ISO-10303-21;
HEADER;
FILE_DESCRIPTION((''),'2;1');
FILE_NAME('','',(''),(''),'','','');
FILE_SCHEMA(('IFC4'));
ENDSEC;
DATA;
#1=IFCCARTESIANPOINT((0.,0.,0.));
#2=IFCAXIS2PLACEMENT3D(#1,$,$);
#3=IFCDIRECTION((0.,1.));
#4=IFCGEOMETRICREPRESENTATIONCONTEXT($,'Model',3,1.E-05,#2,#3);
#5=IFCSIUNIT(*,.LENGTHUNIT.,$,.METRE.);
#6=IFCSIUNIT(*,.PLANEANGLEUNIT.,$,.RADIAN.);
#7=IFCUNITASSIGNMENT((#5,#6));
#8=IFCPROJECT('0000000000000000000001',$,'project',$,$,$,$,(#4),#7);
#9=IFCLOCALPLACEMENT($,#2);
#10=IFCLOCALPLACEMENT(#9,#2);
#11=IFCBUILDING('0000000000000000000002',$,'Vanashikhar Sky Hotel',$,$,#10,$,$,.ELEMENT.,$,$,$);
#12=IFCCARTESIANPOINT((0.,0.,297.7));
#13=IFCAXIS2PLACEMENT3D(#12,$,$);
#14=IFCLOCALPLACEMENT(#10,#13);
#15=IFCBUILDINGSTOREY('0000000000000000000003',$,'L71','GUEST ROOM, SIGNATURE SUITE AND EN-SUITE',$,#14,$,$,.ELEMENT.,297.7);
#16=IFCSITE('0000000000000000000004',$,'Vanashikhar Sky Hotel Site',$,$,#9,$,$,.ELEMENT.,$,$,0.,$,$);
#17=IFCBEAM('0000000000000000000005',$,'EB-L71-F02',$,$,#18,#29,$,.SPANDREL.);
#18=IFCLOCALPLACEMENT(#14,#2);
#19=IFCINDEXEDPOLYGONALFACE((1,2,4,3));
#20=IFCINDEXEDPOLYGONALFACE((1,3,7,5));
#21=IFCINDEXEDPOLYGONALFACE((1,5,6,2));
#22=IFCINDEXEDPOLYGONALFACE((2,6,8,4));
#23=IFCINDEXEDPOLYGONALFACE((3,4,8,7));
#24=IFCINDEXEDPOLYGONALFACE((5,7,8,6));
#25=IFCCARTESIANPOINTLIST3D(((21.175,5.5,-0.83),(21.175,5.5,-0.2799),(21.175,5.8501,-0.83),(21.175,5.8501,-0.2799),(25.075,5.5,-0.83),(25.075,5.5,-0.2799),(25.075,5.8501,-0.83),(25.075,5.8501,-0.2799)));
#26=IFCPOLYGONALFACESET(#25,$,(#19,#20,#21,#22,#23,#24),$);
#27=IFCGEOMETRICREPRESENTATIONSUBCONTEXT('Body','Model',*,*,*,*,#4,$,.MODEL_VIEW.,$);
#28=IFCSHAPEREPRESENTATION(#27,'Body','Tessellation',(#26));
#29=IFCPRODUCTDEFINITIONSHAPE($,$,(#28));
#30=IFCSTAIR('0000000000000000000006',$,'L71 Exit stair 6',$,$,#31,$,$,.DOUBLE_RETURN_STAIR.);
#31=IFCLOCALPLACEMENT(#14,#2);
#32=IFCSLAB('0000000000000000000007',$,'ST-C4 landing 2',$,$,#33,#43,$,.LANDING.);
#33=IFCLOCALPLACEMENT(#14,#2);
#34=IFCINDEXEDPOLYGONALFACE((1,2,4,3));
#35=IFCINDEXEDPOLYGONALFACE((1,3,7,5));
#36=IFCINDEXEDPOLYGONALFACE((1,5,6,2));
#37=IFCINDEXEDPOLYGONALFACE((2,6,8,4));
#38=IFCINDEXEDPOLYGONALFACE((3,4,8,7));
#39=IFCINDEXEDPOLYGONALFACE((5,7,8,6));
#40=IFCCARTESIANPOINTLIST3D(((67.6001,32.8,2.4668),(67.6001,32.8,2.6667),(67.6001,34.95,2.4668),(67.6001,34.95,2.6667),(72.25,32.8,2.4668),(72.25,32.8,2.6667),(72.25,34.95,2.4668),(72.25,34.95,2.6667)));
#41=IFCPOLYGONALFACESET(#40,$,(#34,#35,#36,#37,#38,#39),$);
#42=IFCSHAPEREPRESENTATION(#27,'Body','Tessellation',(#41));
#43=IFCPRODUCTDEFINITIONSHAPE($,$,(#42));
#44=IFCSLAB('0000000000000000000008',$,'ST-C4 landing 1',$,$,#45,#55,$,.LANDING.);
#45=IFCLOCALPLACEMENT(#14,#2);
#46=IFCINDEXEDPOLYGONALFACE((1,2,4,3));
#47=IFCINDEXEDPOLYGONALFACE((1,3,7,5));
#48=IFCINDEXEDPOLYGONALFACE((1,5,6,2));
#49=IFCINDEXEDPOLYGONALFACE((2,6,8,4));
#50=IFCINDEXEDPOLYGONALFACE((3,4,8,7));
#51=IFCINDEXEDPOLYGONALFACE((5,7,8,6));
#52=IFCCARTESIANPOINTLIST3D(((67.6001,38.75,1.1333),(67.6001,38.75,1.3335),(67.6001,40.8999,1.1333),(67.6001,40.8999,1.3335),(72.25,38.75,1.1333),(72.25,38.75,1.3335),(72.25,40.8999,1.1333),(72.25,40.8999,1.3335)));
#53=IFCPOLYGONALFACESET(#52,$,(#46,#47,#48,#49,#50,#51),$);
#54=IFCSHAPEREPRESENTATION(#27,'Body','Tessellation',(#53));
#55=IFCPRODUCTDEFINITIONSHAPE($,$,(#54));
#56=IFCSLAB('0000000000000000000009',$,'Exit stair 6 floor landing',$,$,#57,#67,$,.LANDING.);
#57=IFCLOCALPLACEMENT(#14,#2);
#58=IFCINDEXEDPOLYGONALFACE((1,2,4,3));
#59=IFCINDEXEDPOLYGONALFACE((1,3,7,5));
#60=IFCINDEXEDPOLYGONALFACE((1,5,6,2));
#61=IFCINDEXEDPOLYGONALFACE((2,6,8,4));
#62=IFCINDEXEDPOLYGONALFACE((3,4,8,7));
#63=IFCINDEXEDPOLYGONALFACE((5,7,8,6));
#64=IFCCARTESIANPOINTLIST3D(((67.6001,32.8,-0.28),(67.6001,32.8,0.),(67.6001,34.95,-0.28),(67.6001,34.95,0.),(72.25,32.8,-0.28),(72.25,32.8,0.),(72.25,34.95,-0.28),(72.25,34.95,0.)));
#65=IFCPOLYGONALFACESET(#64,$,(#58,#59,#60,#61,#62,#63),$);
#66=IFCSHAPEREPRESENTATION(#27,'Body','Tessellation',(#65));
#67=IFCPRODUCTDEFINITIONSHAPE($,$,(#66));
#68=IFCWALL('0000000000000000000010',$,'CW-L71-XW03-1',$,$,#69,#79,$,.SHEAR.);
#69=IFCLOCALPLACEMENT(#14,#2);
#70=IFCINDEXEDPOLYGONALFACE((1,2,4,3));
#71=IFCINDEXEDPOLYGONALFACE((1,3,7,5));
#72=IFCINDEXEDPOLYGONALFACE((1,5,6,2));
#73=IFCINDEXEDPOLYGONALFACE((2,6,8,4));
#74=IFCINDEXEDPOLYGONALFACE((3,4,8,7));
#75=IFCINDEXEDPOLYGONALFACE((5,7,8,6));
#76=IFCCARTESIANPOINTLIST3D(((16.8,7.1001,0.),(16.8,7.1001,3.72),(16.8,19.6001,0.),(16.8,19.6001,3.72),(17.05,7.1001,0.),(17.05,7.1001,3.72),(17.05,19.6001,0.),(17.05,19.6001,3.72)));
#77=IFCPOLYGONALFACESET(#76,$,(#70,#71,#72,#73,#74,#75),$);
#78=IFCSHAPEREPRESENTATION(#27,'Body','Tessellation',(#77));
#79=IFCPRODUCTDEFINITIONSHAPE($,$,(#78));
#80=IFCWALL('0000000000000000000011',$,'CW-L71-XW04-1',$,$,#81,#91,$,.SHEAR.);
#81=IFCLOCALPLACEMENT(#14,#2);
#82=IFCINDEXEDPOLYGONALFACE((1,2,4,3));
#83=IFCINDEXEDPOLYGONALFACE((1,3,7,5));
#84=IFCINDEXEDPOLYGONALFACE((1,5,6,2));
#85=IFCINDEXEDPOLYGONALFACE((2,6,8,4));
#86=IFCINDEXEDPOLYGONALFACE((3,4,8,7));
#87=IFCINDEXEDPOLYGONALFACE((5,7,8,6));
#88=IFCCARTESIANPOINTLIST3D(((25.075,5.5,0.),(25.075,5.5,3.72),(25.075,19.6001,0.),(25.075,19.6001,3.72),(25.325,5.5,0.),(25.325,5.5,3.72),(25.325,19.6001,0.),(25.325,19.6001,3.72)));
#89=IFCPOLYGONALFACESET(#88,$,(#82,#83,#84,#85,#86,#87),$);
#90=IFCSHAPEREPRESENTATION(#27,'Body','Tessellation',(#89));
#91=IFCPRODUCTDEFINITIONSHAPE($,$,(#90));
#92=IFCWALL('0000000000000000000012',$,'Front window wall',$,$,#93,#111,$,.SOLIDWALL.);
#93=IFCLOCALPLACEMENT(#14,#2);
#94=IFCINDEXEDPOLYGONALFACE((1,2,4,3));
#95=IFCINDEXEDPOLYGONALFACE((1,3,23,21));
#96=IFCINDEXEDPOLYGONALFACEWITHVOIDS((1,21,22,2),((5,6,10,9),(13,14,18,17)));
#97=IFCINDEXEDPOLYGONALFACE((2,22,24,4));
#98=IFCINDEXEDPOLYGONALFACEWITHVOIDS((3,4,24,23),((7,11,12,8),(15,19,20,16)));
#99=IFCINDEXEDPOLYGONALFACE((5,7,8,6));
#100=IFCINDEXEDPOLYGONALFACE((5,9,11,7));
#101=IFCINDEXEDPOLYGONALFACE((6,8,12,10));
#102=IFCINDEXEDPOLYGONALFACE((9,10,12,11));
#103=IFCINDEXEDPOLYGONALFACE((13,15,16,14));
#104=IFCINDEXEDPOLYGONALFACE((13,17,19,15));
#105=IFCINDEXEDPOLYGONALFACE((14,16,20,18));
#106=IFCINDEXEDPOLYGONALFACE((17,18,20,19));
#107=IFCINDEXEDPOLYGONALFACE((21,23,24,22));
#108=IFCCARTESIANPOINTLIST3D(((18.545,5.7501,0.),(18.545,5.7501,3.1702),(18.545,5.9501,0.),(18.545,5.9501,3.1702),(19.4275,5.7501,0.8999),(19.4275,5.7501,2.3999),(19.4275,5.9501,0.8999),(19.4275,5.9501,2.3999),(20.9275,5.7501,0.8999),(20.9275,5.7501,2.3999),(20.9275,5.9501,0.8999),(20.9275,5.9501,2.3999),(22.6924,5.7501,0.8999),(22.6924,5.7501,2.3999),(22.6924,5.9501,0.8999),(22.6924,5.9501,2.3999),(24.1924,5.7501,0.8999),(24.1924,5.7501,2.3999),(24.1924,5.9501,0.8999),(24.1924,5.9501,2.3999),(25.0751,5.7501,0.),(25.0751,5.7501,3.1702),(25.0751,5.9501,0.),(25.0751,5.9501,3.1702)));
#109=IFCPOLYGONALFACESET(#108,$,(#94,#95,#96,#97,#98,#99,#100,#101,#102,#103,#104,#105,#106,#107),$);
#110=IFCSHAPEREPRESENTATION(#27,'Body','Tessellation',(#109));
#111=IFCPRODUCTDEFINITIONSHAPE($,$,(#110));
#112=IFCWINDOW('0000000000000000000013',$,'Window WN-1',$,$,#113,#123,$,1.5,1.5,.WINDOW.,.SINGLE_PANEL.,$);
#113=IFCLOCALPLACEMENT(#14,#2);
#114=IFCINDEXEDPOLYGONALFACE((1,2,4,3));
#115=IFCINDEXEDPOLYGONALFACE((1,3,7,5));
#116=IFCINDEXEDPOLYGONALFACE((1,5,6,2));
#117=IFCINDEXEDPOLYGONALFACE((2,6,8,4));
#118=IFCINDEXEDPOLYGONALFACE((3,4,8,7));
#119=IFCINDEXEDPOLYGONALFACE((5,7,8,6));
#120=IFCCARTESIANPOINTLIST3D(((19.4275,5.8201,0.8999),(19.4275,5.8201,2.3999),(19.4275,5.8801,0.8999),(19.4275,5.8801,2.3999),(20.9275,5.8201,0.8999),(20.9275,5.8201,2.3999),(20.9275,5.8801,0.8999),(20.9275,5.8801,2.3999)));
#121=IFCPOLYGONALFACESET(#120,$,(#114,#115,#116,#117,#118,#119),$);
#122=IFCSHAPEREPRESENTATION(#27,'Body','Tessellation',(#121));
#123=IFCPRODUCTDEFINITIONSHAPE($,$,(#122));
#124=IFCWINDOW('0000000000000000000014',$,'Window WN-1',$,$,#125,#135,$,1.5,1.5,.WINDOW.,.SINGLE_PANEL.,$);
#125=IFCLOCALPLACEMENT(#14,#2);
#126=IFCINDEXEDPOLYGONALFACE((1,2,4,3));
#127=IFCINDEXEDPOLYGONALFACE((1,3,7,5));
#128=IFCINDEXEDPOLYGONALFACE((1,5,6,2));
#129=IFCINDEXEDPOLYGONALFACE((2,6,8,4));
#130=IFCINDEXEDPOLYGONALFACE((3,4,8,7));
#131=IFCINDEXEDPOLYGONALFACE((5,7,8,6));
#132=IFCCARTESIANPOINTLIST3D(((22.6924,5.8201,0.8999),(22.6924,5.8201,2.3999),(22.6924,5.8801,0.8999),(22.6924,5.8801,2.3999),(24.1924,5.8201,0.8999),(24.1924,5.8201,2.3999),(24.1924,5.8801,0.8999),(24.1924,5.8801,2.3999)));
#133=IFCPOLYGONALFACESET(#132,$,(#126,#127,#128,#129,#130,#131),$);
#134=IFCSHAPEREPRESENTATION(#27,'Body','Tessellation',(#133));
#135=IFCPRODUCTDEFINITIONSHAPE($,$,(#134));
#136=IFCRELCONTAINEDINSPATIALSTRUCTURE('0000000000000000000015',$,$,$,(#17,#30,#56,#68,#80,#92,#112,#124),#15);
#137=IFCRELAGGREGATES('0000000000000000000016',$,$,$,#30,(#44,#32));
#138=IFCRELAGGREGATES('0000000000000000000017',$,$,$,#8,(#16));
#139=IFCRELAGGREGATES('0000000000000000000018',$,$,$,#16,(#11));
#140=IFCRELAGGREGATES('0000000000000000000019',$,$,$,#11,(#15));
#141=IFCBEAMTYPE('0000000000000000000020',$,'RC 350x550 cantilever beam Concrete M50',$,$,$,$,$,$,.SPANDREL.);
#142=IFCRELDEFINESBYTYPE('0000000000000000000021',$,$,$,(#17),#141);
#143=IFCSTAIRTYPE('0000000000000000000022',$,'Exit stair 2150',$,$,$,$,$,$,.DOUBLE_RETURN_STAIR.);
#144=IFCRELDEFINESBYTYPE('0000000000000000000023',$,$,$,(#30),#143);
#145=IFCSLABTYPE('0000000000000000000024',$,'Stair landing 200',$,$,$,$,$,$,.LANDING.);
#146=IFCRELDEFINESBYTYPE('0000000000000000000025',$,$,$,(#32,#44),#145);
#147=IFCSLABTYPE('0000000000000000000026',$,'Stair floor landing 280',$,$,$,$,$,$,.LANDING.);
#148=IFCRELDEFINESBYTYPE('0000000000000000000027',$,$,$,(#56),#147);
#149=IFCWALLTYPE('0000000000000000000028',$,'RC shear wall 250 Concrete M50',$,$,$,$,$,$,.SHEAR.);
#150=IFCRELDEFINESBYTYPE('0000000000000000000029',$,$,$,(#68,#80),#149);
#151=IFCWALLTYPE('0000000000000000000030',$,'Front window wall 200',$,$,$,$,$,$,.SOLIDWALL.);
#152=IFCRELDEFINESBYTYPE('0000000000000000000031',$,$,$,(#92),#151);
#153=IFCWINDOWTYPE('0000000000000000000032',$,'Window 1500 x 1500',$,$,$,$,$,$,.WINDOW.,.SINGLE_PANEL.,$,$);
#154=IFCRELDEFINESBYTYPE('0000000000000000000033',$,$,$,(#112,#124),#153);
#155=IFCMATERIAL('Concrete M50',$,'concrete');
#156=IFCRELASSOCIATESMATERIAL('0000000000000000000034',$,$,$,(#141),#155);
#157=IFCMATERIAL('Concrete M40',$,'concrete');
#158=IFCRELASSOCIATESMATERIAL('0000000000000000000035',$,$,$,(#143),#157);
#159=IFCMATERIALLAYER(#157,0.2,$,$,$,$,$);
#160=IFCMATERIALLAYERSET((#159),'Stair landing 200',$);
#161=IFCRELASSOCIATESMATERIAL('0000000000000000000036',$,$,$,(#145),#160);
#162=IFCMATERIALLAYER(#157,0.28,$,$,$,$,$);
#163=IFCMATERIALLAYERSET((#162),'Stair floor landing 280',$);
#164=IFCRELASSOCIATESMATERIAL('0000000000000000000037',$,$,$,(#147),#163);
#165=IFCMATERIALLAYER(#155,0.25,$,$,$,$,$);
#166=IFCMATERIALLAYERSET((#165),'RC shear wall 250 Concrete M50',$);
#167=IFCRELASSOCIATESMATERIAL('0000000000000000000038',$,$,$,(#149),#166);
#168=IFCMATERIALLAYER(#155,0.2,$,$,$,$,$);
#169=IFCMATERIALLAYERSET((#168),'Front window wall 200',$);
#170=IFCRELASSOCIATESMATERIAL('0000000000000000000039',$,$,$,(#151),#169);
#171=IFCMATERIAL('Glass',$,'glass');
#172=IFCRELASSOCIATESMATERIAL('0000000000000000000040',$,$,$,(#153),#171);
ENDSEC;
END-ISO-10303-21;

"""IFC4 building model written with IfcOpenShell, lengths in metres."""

from ifc_helpers import new_model, si_unit, direction, frame, frame_2d, origin, origin_2d, place, context, subcontext, project, spatial, polyline, rectangle, outline, extrude, source, transform, mapped, material, layer, layer_set, material_profile, profile_set, type_object, element, fill, aggregate, save


model = new_model("IFC4")

# Units and contexts
model_context = context("Model", 3, precision=1e-05, world=origin(), true_north=direction((0.0, 1.0)))
body_context = subcontext(model_context, "Body", "Model", "MODEL_VIEW")
ifc_project = project(units=[si_unit("LENGTHUNIT", "METRE"), si_unit("PLANEANGLEUNIT", "RADIAN")], contexts=[model_context])

# Site, building, storey
site_placement = place(None, origin())
site = spatial("IfcSite", under=ifc_project, at=site_placement, Name="Vanashikhar Sky Hotel Site", CompositionType="ELEMENT", RefElevation=0.0)
building_placement = place(site_placement, origin())
building = spatial("IfcBuilding", under=site, at=building_placement, Name="Vanashikhar Sky Hotel", CompositionType="ELEMENT")
storey_placement = place(building_placement, frame((0.0, 0.0, 297.7)))
storey = spatial("IfcBuildingStorey", under=building, at=storey_placement, Name="L71", Description="GUEST ROOM, SIGNATURE SUITE AND EN-SUITE", CompositionType="ELEMENT", Elevation=297.7)

# Beam
ifc_material_1 = material(Name="Concrete M50", Category="concrete")
ifc_material_profile = material_profile(ifc_material_1, rectangle(XDim=0.3501, YDim=0.55, at=origin_2d()))
ifc_profile_set = profile_set([ifc_material_profile], Name="RC 350x550 cantilever beam Concrete M50")
beam_type = type_object("IfcBeamType", Name="RC 350x550 cantilever beam Concrete M50", PredefinedType="SPANDREL", material=ifc_profile_set)
shared_shape_1 = source(origin(), body_context, "Body", "SweptSolid", [
    extrude(rectangle(XDim=0.3501, YDim=0.55, at=origin_2d()), origin(), (0.0, 0.0, 1.0), 3.8999),
])
beam_placement = place(storey_placement, frame((21.175, 5.675, -0.5549), z_axis=(1.0, 0.0, 0.0), x_axis=(0.0, 1.0, 0.0)))
element("IfcBeam", 1, at=beam_placement, inside=storey, type_object=beam_type, Name="EB-L71-F02", PredefinedType="SPANDREL", context=body_context, shape_type="MappedRepresentation", body=[
    mapped(shared_shape_1, transform((0.0, 0.0, 0.0), scale=1.0)),
])

# Stair, slabs
ifc_material_2 = material(Name="Concrete M40", Category="concrete")
stair_type = type_object("IfcStairType", Name="Exit stair 2150", PredefinedType="DOUBLE_RETURN_STAIR", material=ifc_material_2)
stair_placement = place(storey_placement, origin())
stair = element("IfcStair", 2, at=stair_placement, inside=storey, type_object=stair_type, Name="L71 Exit stair 6", PredefinedType="DOUBLE_RETURN_STAIR")
ifc_layer_1 = layer(ifc_material_2, 0.2)
ifc_layer_set_1 = layer_set([ifc_layer_1], Name="Stair landing 200")
slab_type_1 = type_object("IfcSlabType", Name="Stair landing 200", PredefinedType="LANDING", material=ifc_layer_set_1)
shared_shape_2 = source(origin(), body_context, "Body", "SweptSolid", [
    extrude(outline(polyline([(72.25, 32.8), (72.25, 34.95), (67.6001, 34.95), (67.6001, 32.8), (72.25, 32.8)])), origin(), (0.0, 0.0, 1.0), 0.2),
])
slab_1_placement = place(storey_placement, frame((0.0, 0.0, 2.4668)))
slab_1 = element("IfcSlab", 3, at=slab_1_placement, type_object=slab_type_1, Name="ST-C4 landing 2", PredefinedType="LANDING", context=body_context, shape_type="MappedRepresentation", body=[
    mapped(shared_shape_2, transform((0.0, 0.0, 0.0), scale=1.0)),
])
shared_shape_3 = source(origin(), body_context, "Body", "SweptSolid", [
    extrude(outline(polyline([(72.25, 38.75), (72.25, 40.8999), (67.6001, 40.8999), (67.6001, 38.75), (72.25, 38.75)])), origin(), (0.0, 0.0, 1.0), 0.2002),
])
slab_2_placement = place(storey_placement, frame((0.0, 0.0, 1.1333)))
slab_2 = element("IfcSlab", 4, at=slab_2_placement, type_object=slab_type_1, Name="ST-C4 landing 1", PredefinedType="LANDING", context=body_context, shape_type="MappedRepresentation", body=[
    mapped(shared_shape_3, transform((0.0, 0.0, 0.0), scale=1.0)),
])
aggregate(stair, [slab_2, slab_1])

# Slab
ifc_layer_2 = layer(ifc_material_2, 0.28)
ifc_layer_set_2 = layer_set([ifc_layer_2], Name="Stair floor landing 280")
slab_type_2 = type_object("IfcSlabType", Name="Stair floor landing 280", PredefinedType="LANDING", material=ifc_layer_set_2)
shared_shape_4 = source(origin(), body_context, "Body", "SweptSolid", [
    extrude(outline(polyline([(72.25, 32.8), (72.25, 34.95), (67.6001, 34.95), (67.6001, 32.8), (72.25, 32.8)])), origin(), (0.0, 0.0, 1.0), 0.28),
])
slab_3_placement = place(storey_placement, frame((0.0, 0.0, -0.28)))
element("IfcSlab", 5, at=slab_3_placement, inside=storey, type_object=slab_type_2, Name="Exit stair 6 floor landing", PredefinedType="LANDING", context=body_context, shape_type="MappedRepresentation", body=[
    mapped(shared_shape_4, transform((0.0, 0.0, 0.0), scale=1.0)),
])

# Walls
ifc_layer_3 = layer(ifc_material_1, 0.25)
ifc_layer_set_3 = layer_set([ifc_layer_3], Name="RC shear wall 250 Concrete M50")
wall_type_1 = type_object("IfcWallType", Name="RC shear wall 250 Concrete M50", PredefinedType="SHEAR", material=ifc_layer_set_3)
shared_shape_5 = source(origin(), body_context, "Body", "SweptSolid", [
    extrude(rectangle(XDim=12.5, YDim=0.25, at=frame_2d((6.25, 0.0))), origin(), (0.0, 0.0, 1.0), 3.72),
])
wall_1_placement = place(storey_placement, frame((16.925, 7.1001, 0.0), z_axis=(0.0, 0.0, 1.0), x_axis=(0.0, 1.0, 0.0)))
element("IfcWall", 6, at=wall_1_placement, inside=storey, type_object=wall_type_1, Name="CW-L71-XW03-1", PredefinedType="SHEAR", context=body_context, shape_type="MappedRepresentation", body=[
    mapped(shared_shape_5, transform((0.0, 0.0, 0.0), scale=1.0)),
])
shared_shape_6 = source(origin(), body_context, "Body", "SweptSolid", [
    extrude(rectangle(XDim=14.1001, YDim=0.25, at=frame_2d((7.05, 0.0))), origin(), (0.0, 0.0, 1.0), 3.72),
])
wall_2_placement = place(storey_placement, frame((25.2, 5.5, 0.0), z_axis=(0.0, 0.0, 1.0), x_axis=(0.0, 1.0, 0.0)))
element("IfcWall", 7, at=wall_2_placement, inside=storey, type_object=wall_type_1, Name="CW-L71-XW04-1", PredefinedType="SHEAR", context=body_context, shape_type="MappedRepresentation", body=[
    mapped(shared_shape_6, transform((0.0, 0.0, 0.0), scale=1.0)),
])

# Wall, openings, windows
ifc_layer_4 = layer(ifc_material_1, 0.2)
ifc_layer_set_4 = layer_set([ifc_layer_4], Name="Front window wall 200")
wall_type_2 = type_object("IfcWallType", Name="Front window wall 200", PredefinedType="SOLIDWALL", material=ifc_layer_set_4)
shared_shape_7 = source(origin(), body_context, "Body", "SweptSolid", [
    extrude(rectangle(XDim=6.53, YDim=0.2, at=frame_2d((3.2651, 0.0))), origin(), (0.0, 0.0, 1.0), 3.1702),
])
wall_3_placement = place(storey_placement, frame((18.5449, 5.8501, 0.0), z_axis=(0.0, 0.0, 1.0), x_axis=(1.0, 0.0, 0.0)))
wall_3 = element("IfcWall", 8, at=wall_3_placement, inside=storey, type_object=wall_type_2, Name="Front window wall", PredefinedType="SOLIDWALL", context=body_context, shape_type="MappedRepresentation", body=[
    mapped(shared_shape_7, transform((0.0, 0.0, 0.0), scale=1.0)),
])
shared_shape_8 = source(origin(), body_context, "Body", "SweptSolid", [
    extrude(rectangle(XDim=1.5, YDim=1.5, at=frame_2d((0.75, 0.75))), frame((0.0, 0.1099, 0.0), z_axis=(0.0, -1.0, 0.0), x_axis=(1.0, 0.0, 0.0)), (0.0, 0.0, 1.0), 0.22),
])
opening_1_placement = place(wall_3_placement, frame((0.8826, 0.0, 0.8999)))
opening_1 = element("IfcOpeningElement", 9, at=opening_1_placement, cuts=wall_3, PredefinedType="OPENING", context=body_context, shape_type="MappedRepresentation", body=[
    mapped(shared_shape_8, transform((0.0, 0.0, 0.0), scale=1.0)),
])
opening_2_placement = place(wall_3_placement, frame((4.1475, 0.0, 0.8999)))
opening_2 = element("IfcOpeningElement", 10, at=opening_2_placement, cuts=wall_3, PredefinedType="OPENING", context=body_context, shape_type="MappedRepresentation", body=[
    mapped(shared_shape_8, transform((0.0, 0.0, 0.0), scale=1.0)),
])
ifc_material_3 = material(Name="Glass", Category="glass")
window_type_1 = type_object("IfcWindowType", Name="Window 1500 x 1500", PartitioningType="SINGLE_PANEL", PredefinedType="WINDOW", material=ifc_material_3)
shared_shape_9 = source(origin(), body_context, "Body", "SweptSolid", [
    extrude(rectangle(XDim=1.5, YDim=1.5, at=frame_2d((0.75, 0.75))), frame((0.0, 0.03, 0.0), z_axis=(0.0, -1.0, 0.0), x_axis=(1.0, 0.0, 0.0)), (0.0, 0.0, 1.0), 0.0601),
])
window_1_placement = place(opening_1_placement, origin())
window_1 = element("IfcWindow", 11, at=window_1_placement, inside=storey, type_object=window_type_1, Name="Window WN-1", OverallHeight=1.5, OverallWidth=1.5, PartitioningType="SINGLE_PANEL", PredefinedType="WINDOW", context=body_context, shape_type="MappedRepresentation", body=[
    mapped(shared_shape_9, transform((0.0, 0.0, 0.0), scale=1.0)),
])
fill(opening_1, window_1)
window_2_placement = place(opening_2_placement, origin())
window_2 = element("IfcWindow", 12, at=window_2_placement, inside=storey, type_object=window_type_1, Name="Window WN-1", OverallHeight=1.5, OverallWidth=1.5, PartitioningType="SINGLE_PANEL", PredefinedType="WINDOW", context=body_context, shape_type="MappedRepresentation", body=[
    mapped(shared_shape_9, transform((0.0, 0.0, 0.0), scale=1.0)),
])
fill(opening_2, window_2)

save(model, "model.ifc")
